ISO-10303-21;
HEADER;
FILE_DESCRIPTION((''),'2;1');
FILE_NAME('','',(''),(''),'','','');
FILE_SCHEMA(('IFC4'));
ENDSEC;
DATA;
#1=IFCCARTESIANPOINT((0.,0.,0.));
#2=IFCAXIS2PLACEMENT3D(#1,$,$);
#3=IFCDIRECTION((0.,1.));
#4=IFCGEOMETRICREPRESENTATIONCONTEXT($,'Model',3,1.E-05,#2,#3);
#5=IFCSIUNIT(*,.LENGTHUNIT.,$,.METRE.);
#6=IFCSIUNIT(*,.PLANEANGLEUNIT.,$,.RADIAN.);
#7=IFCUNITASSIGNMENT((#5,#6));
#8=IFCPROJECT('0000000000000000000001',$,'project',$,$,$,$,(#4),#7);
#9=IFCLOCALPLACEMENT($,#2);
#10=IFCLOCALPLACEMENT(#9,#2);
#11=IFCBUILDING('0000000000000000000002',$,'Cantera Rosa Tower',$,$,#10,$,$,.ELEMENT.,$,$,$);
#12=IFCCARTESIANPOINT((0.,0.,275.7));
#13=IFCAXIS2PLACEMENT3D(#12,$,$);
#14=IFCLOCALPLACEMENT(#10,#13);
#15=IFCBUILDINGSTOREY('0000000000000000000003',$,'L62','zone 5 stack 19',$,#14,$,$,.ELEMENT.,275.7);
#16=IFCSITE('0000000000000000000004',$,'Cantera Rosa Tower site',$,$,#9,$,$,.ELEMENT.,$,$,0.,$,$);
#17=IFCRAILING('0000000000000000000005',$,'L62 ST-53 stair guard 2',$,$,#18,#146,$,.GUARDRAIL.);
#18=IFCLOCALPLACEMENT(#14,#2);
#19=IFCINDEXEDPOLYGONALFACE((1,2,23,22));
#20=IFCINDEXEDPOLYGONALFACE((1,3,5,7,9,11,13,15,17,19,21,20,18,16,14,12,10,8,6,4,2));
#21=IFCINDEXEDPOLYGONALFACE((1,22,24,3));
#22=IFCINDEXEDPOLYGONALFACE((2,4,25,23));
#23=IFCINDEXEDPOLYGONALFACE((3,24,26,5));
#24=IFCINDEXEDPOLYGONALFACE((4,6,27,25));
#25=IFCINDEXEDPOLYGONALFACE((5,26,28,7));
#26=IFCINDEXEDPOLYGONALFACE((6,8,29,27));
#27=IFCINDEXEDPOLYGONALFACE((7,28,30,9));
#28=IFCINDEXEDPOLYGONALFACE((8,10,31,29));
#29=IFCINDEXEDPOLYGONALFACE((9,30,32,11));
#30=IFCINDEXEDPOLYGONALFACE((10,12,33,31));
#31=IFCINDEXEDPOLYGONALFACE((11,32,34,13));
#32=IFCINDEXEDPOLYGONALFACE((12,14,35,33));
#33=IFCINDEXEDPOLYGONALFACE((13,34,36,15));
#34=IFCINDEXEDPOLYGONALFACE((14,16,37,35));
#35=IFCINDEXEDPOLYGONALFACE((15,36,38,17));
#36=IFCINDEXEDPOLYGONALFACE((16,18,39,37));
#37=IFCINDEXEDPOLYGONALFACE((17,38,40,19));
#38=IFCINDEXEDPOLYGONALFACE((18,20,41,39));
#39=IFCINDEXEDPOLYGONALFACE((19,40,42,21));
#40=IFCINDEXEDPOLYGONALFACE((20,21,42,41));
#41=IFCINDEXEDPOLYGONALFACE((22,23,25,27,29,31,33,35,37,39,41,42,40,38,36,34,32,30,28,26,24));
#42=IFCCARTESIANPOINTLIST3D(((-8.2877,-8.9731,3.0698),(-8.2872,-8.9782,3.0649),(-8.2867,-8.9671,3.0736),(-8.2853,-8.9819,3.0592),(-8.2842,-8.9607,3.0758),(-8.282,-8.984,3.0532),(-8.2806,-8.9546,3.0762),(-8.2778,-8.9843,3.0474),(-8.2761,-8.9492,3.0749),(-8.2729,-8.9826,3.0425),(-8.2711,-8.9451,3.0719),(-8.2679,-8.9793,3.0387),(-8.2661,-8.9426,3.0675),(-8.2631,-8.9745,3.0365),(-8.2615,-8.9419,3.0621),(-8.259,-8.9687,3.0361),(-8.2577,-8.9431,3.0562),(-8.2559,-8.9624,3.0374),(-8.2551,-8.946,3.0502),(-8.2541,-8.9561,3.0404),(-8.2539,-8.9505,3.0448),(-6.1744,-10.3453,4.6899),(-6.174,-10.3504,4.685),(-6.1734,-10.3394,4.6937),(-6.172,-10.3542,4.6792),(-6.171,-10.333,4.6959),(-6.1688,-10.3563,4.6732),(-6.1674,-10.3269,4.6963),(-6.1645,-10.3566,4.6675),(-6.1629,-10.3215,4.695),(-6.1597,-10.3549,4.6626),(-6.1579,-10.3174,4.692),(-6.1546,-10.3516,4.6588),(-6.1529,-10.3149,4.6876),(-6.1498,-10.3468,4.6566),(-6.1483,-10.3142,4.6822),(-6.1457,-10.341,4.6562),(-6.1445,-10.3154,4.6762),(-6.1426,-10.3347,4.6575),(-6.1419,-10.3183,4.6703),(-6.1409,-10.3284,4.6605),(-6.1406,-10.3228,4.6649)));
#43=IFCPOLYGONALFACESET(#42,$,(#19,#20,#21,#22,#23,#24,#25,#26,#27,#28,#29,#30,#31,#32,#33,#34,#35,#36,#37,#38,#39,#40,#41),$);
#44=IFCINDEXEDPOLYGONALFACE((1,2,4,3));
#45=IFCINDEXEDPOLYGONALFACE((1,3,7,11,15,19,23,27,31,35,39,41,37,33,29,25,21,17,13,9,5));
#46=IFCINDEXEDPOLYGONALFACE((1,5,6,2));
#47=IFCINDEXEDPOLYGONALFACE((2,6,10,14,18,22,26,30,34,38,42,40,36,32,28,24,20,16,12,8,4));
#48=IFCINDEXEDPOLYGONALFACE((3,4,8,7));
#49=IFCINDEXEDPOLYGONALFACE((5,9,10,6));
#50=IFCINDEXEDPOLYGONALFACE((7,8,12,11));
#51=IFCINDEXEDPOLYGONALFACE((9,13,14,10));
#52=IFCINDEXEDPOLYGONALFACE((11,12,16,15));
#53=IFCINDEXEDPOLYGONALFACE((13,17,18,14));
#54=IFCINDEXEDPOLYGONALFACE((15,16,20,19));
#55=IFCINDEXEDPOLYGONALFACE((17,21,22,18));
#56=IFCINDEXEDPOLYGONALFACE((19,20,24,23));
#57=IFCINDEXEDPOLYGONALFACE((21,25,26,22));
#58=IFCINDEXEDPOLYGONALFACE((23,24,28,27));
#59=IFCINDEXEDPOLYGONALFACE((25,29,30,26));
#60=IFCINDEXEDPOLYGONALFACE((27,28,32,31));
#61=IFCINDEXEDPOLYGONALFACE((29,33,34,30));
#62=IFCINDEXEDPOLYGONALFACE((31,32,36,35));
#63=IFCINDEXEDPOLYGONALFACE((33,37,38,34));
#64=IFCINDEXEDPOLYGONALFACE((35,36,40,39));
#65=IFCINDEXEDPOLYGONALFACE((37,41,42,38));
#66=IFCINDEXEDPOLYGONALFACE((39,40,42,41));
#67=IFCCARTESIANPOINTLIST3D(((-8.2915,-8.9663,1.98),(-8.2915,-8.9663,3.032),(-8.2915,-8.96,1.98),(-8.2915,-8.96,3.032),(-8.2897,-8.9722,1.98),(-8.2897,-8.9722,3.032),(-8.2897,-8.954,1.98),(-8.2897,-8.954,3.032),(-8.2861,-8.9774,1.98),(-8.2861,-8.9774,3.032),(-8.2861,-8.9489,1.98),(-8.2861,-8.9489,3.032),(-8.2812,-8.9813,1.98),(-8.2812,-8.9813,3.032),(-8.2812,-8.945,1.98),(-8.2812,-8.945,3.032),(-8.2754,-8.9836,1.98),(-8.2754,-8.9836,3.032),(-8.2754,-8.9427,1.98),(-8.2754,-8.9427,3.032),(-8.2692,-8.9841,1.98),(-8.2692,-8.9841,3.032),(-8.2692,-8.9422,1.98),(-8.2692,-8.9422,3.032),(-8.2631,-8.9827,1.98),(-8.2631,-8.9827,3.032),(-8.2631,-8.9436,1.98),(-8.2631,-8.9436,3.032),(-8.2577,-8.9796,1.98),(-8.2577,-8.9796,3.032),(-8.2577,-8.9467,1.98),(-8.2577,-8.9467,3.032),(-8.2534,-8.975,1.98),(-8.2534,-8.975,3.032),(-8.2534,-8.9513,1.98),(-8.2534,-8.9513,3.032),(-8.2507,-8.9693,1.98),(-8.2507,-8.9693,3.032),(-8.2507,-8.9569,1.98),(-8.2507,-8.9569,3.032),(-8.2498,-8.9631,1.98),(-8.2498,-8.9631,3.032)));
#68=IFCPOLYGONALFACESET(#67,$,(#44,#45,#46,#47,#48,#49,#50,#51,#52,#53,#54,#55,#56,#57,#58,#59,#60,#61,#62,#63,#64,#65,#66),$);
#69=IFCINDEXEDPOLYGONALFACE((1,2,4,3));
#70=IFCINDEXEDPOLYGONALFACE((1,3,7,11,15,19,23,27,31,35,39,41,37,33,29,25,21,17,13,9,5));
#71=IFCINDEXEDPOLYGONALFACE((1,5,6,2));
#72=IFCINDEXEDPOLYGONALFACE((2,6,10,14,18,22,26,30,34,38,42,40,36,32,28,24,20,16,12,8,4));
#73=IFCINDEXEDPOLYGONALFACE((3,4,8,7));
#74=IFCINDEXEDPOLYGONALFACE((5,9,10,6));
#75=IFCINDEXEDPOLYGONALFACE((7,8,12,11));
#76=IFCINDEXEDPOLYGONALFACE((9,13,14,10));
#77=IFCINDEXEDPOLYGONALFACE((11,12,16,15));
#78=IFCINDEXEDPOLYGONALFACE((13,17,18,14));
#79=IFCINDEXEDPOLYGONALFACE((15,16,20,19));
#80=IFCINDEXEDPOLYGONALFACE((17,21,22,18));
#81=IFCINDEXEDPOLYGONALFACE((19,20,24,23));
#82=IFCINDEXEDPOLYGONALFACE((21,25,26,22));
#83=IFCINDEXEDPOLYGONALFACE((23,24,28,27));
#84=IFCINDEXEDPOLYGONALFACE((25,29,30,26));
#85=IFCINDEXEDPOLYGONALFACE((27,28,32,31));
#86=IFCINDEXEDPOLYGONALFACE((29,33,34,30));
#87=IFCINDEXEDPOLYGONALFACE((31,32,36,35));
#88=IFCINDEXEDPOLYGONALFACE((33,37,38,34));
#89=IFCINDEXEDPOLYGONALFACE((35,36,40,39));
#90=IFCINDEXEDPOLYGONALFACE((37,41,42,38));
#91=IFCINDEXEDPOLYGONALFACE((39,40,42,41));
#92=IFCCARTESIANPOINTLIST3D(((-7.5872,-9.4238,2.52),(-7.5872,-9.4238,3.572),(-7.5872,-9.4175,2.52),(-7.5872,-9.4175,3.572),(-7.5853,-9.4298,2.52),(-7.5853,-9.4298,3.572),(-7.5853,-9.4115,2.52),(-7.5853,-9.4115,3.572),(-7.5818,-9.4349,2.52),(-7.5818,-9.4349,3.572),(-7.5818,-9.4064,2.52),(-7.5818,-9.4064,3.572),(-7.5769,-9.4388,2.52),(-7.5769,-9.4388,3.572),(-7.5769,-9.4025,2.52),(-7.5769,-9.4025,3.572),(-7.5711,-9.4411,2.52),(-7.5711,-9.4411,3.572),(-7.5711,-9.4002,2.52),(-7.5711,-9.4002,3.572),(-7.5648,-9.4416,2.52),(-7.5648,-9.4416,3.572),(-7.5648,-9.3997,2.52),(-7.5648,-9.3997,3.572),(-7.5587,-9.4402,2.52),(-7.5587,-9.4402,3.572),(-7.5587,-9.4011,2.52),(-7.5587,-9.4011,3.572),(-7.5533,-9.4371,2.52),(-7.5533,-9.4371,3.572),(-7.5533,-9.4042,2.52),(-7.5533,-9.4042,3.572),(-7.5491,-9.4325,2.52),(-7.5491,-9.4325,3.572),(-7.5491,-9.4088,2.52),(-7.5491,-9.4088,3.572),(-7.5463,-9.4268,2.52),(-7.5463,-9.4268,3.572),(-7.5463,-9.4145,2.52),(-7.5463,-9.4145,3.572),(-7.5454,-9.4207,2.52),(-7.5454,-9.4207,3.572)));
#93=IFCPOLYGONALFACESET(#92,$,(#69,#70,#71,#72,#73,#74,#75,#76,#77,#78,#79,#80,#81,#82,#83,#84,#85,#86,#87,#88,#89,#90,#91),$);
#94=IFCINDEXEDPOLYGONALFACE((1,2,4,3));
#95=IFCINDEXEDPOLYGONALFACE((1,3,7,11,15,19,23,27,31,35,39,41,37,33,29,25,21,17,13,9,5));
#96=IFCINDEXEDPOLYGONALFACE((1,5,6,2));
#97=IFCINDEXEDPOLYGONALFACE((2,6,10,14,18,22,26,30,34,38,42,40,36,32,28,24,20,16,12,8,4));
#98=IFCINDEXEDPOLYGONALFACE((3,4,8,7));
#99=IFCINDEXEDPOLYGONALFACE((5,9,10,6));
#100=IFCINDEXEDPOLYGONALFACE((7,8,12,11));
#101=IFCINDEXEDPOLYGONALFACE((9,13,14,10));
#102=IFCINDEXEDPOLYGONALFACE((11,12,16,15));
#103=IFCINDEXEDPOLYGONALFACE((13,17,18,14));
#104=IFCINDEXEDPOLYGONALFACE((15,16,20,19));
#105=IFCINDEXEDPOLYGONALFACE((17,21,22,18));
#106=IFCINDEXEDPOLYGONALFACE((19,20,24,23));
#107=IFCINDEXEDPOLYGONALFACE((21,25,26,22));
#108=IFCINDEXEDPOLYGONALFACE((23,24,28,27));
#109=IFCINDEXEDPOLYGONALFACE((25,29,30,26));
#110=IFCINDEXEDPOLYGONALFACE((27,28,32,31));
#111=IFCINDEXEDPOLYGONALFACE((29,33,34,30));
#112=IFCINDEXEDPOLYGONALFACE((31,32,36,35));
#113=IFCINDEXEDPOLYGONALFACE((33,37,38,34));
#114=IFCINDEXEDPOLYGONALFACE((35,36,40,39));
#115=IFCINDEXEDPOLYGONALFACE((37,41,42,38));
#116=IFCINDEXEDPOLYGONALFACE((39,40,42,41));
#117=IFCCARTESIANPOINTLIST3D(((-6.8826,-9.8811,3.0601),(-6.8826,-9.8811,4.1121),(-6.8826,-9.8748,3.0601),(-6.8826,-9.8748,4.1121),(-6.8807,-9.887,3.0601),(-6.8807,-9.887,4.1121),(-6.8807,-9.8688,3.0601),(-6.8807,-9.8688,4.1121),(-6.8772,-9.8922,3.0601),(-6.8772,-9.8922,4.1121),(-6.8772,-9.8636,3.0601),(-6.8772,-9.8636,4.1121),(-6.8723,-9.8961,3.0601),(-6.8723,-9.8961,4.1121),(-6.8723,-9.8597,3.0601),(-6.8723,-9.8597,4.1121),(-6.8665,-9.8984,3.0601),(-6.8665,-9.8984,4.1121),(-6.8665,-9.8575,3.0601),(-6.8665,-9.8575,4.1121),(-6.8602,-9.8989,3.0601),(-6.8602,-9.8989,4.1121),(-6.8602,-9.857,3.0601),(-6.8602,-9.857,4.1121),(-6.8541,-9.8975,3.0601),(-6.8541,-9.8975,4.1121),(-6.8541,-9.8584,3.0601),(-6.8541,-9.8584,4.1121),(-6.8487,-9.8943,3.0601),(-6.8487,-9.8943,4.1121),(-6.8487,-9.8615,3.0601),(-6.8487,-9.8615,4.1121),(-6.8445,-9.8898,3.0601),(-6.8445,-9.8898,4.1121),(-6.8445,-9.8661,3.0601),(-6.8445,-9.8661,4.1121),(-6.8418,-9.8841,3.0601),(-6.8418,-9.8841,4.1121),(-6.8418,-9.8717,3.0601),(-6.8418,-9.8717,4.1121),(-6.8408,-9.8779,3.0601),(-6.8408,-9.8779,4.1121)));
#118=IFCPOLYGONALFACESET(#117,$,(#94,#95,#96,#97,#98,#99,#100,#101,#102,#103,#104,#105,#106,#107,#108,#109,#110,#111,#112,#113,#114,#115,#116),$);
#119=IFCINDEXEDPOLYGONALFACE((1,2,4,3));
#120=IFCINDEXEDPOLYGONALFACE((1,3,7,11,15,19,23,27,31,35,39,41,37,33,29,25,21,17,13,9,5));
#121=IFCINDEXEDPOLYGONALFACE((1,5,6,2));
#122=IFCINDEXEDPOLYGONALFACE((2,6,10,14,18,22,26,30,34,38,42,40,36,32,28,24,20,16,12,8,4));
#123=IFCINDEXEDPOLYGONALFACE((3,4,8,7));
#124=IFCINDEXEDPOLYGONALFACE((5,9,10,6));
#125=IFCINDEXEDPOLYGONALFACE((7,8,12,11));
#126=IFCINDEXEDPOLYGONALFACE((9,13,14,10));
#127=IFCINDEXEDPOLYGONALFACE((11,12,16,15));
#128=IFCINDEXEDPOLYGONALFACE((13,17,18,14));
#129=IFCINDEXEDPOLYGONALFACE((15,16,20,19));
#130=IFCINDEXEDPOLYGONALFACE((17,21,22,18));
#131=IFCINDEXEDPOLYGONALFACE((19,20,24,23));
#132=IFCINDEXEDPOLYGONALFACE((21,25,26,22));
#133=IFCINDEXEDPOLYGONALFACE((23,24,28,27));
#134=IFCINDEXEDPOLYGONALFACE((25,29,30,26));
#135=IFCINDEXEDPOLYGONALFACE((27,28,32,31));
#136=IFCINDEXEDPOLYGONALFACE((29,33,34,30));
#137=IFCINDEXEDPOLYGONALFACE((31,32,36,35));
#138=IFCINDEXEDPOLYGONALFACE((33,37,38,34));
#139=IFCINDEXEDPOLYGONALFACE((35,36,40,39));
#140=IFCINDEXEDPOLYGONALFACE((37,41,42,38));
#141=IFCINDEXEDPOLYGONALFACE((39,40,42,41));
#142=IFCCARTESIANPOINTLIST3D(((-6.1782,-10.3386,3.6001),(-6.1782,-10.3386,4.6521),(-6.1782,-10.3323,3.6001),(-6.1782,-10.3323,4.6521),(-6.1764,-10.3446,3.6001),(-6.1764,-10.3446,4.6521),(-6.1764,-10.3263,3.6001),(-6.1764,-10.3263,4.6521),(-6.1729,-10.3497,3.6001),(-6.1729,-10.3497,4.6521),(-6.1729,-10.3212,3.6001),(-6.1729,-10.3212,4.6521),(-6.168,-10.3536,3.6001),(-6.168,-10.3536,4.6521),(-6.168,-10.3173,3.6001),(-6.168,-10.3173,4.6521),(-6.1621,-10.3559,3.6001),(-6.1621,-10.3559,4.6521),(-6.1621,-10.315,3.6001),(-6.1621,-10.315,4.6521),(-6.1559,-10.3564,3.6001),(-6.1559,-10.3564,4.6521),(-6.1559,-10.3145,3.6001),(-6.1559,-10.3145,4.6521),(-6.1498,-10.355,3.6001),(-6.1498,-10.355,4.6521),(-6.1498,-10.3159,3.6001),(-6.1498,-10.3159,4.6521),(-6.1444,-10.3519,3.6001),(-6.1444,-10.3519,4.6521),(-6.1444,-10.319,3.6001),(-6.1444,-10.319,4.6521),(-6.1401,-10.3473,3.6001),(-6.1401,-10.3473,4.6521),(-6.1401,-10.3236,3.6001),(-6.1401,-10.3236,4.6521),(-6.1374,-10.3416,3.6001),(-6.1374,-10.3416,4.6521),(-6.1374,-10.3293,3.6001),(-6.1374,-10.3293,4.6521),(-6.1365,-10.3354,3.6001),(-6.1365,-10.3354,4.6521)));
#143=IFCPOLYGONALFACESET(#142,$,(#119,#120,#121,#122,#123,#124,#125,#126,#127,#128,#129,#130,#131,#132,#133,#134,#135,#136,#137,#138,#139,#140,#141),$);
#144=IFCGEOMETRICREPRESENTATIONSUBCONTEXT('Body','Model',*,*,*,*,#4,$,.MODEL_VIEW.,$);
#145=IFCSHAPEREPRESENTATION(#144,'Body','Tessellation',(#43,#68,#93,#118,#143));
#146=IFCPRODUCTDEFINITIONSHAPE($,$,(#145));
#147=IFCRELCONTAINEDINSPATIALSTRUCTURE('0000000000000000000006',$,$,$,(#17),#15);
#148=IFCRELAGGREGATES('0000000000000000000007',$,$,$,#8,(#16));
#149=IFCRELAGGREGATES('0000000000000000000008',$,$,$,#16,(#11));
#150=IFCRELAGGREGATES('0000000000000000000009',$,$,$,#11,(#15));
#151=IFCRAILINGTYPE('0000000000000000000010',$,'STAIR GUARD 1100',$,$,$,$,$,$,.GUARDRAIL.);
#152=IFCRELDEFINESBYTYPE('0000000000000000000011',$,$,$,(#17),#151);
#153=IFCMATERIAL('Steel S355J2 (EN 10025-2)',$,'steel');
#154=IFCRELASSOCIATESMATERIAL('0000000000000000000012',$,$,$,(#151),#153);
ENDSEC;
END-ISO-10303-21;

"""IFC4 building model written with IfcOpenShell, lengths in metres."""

from ifc_helpers import new_model, si_unit, direction, frame, origin, origin_2d, place, context, subcontext, project, spatial, circle, extrude, material, type_object, element, save


model = new_model("IFC4")

# Units and contexts
model_context = context("Model", 3, precision=1e-05, world=origin(), true_north=direction((0.0, 1.0)))
body_context = subcontext(model_context, "Body", "Model", "MODEL_VIEW")
ifc_project = project(units=[si_unit("LENGTHUNIT", "METRE"), si_unit("PLANEANGLEUNIT", "RADIAN")], contexts=[model_context])

# Site, building, storey
site_placement = place(None, origin())
site = spatial("IfcSite", under=ifc_project, at=site_placement, Name="Cantera Rosa Tower site", CompositionType="ELEMENT", RefElevation=0.0)
building_placement = place(site_placement, origin())
building = spatial("IfcBuilding", under=site, at=building_placement, Name="Cantera Rosa Tower", CompositionType="ELEMENT")
storey_placement = place(building_placement, frame((0.0, 0.0, 275.7)))
storey = spatial("IfcBuildingStorey", under=building, at=storey_placement, Name="L62", Description="zone 5 stack 19", CompositionType="ELEMENT", Elevation=275.7)

# Railing
ifc_material_1 = material(Name="Steel S355J2 (EN 10025-2)", Category="steel")
railing_type_1 = type_object("IfcRailingType", Name="STAIR GUARD 1100", PredefinedType="GUARDRAIL", material=ifc_material_1)
railing_1_placement = place(storey_placement, frame((-8.2708, -8.9631, 1.98)))
element("IfcRailing", 1, at=railing_1_placement, inside=storey, type_object=railing_type_1, Name="L62 ST-53 stair guard 2", PredefinedType="GUARDRAIL", context=body_context, shape_type="SweptSolid", body=[
    extrude(circle(Radius=0.0239, at=origin_2d()), frame((0.0, 0.0, 1.0762), z_axis=(0.705447, -0.458101, 0.540821), x_axis=(0.54462, 0.838683, 0.0)), (0.0, 0.0, 1.0), 2.9956),
    extrude(circle(Radius=0.021, at=origin_2d()), origin(), (0.0, 0.0, 1.0), 1.052),
    extrude(circle(Radius=0.021, at=origin_2d()), frame((0.7043, -0.4575, 0.54)), (0.0, 0.0, 1.0), 1.052),
    extrude(circle(Radius=0.021, at=origin_2d()), frame((1.4089, -0.9148, 1.0801)), (0.0, 0.0, 1.0), 1.052),
    extrude(circle(Radius=0.021, at=origin_2d()), frame((2.1133, -1.3723, 1.6201)), (0.0, 0.0, 1.0), 1.052),
])

save(model, "model.ifc")
